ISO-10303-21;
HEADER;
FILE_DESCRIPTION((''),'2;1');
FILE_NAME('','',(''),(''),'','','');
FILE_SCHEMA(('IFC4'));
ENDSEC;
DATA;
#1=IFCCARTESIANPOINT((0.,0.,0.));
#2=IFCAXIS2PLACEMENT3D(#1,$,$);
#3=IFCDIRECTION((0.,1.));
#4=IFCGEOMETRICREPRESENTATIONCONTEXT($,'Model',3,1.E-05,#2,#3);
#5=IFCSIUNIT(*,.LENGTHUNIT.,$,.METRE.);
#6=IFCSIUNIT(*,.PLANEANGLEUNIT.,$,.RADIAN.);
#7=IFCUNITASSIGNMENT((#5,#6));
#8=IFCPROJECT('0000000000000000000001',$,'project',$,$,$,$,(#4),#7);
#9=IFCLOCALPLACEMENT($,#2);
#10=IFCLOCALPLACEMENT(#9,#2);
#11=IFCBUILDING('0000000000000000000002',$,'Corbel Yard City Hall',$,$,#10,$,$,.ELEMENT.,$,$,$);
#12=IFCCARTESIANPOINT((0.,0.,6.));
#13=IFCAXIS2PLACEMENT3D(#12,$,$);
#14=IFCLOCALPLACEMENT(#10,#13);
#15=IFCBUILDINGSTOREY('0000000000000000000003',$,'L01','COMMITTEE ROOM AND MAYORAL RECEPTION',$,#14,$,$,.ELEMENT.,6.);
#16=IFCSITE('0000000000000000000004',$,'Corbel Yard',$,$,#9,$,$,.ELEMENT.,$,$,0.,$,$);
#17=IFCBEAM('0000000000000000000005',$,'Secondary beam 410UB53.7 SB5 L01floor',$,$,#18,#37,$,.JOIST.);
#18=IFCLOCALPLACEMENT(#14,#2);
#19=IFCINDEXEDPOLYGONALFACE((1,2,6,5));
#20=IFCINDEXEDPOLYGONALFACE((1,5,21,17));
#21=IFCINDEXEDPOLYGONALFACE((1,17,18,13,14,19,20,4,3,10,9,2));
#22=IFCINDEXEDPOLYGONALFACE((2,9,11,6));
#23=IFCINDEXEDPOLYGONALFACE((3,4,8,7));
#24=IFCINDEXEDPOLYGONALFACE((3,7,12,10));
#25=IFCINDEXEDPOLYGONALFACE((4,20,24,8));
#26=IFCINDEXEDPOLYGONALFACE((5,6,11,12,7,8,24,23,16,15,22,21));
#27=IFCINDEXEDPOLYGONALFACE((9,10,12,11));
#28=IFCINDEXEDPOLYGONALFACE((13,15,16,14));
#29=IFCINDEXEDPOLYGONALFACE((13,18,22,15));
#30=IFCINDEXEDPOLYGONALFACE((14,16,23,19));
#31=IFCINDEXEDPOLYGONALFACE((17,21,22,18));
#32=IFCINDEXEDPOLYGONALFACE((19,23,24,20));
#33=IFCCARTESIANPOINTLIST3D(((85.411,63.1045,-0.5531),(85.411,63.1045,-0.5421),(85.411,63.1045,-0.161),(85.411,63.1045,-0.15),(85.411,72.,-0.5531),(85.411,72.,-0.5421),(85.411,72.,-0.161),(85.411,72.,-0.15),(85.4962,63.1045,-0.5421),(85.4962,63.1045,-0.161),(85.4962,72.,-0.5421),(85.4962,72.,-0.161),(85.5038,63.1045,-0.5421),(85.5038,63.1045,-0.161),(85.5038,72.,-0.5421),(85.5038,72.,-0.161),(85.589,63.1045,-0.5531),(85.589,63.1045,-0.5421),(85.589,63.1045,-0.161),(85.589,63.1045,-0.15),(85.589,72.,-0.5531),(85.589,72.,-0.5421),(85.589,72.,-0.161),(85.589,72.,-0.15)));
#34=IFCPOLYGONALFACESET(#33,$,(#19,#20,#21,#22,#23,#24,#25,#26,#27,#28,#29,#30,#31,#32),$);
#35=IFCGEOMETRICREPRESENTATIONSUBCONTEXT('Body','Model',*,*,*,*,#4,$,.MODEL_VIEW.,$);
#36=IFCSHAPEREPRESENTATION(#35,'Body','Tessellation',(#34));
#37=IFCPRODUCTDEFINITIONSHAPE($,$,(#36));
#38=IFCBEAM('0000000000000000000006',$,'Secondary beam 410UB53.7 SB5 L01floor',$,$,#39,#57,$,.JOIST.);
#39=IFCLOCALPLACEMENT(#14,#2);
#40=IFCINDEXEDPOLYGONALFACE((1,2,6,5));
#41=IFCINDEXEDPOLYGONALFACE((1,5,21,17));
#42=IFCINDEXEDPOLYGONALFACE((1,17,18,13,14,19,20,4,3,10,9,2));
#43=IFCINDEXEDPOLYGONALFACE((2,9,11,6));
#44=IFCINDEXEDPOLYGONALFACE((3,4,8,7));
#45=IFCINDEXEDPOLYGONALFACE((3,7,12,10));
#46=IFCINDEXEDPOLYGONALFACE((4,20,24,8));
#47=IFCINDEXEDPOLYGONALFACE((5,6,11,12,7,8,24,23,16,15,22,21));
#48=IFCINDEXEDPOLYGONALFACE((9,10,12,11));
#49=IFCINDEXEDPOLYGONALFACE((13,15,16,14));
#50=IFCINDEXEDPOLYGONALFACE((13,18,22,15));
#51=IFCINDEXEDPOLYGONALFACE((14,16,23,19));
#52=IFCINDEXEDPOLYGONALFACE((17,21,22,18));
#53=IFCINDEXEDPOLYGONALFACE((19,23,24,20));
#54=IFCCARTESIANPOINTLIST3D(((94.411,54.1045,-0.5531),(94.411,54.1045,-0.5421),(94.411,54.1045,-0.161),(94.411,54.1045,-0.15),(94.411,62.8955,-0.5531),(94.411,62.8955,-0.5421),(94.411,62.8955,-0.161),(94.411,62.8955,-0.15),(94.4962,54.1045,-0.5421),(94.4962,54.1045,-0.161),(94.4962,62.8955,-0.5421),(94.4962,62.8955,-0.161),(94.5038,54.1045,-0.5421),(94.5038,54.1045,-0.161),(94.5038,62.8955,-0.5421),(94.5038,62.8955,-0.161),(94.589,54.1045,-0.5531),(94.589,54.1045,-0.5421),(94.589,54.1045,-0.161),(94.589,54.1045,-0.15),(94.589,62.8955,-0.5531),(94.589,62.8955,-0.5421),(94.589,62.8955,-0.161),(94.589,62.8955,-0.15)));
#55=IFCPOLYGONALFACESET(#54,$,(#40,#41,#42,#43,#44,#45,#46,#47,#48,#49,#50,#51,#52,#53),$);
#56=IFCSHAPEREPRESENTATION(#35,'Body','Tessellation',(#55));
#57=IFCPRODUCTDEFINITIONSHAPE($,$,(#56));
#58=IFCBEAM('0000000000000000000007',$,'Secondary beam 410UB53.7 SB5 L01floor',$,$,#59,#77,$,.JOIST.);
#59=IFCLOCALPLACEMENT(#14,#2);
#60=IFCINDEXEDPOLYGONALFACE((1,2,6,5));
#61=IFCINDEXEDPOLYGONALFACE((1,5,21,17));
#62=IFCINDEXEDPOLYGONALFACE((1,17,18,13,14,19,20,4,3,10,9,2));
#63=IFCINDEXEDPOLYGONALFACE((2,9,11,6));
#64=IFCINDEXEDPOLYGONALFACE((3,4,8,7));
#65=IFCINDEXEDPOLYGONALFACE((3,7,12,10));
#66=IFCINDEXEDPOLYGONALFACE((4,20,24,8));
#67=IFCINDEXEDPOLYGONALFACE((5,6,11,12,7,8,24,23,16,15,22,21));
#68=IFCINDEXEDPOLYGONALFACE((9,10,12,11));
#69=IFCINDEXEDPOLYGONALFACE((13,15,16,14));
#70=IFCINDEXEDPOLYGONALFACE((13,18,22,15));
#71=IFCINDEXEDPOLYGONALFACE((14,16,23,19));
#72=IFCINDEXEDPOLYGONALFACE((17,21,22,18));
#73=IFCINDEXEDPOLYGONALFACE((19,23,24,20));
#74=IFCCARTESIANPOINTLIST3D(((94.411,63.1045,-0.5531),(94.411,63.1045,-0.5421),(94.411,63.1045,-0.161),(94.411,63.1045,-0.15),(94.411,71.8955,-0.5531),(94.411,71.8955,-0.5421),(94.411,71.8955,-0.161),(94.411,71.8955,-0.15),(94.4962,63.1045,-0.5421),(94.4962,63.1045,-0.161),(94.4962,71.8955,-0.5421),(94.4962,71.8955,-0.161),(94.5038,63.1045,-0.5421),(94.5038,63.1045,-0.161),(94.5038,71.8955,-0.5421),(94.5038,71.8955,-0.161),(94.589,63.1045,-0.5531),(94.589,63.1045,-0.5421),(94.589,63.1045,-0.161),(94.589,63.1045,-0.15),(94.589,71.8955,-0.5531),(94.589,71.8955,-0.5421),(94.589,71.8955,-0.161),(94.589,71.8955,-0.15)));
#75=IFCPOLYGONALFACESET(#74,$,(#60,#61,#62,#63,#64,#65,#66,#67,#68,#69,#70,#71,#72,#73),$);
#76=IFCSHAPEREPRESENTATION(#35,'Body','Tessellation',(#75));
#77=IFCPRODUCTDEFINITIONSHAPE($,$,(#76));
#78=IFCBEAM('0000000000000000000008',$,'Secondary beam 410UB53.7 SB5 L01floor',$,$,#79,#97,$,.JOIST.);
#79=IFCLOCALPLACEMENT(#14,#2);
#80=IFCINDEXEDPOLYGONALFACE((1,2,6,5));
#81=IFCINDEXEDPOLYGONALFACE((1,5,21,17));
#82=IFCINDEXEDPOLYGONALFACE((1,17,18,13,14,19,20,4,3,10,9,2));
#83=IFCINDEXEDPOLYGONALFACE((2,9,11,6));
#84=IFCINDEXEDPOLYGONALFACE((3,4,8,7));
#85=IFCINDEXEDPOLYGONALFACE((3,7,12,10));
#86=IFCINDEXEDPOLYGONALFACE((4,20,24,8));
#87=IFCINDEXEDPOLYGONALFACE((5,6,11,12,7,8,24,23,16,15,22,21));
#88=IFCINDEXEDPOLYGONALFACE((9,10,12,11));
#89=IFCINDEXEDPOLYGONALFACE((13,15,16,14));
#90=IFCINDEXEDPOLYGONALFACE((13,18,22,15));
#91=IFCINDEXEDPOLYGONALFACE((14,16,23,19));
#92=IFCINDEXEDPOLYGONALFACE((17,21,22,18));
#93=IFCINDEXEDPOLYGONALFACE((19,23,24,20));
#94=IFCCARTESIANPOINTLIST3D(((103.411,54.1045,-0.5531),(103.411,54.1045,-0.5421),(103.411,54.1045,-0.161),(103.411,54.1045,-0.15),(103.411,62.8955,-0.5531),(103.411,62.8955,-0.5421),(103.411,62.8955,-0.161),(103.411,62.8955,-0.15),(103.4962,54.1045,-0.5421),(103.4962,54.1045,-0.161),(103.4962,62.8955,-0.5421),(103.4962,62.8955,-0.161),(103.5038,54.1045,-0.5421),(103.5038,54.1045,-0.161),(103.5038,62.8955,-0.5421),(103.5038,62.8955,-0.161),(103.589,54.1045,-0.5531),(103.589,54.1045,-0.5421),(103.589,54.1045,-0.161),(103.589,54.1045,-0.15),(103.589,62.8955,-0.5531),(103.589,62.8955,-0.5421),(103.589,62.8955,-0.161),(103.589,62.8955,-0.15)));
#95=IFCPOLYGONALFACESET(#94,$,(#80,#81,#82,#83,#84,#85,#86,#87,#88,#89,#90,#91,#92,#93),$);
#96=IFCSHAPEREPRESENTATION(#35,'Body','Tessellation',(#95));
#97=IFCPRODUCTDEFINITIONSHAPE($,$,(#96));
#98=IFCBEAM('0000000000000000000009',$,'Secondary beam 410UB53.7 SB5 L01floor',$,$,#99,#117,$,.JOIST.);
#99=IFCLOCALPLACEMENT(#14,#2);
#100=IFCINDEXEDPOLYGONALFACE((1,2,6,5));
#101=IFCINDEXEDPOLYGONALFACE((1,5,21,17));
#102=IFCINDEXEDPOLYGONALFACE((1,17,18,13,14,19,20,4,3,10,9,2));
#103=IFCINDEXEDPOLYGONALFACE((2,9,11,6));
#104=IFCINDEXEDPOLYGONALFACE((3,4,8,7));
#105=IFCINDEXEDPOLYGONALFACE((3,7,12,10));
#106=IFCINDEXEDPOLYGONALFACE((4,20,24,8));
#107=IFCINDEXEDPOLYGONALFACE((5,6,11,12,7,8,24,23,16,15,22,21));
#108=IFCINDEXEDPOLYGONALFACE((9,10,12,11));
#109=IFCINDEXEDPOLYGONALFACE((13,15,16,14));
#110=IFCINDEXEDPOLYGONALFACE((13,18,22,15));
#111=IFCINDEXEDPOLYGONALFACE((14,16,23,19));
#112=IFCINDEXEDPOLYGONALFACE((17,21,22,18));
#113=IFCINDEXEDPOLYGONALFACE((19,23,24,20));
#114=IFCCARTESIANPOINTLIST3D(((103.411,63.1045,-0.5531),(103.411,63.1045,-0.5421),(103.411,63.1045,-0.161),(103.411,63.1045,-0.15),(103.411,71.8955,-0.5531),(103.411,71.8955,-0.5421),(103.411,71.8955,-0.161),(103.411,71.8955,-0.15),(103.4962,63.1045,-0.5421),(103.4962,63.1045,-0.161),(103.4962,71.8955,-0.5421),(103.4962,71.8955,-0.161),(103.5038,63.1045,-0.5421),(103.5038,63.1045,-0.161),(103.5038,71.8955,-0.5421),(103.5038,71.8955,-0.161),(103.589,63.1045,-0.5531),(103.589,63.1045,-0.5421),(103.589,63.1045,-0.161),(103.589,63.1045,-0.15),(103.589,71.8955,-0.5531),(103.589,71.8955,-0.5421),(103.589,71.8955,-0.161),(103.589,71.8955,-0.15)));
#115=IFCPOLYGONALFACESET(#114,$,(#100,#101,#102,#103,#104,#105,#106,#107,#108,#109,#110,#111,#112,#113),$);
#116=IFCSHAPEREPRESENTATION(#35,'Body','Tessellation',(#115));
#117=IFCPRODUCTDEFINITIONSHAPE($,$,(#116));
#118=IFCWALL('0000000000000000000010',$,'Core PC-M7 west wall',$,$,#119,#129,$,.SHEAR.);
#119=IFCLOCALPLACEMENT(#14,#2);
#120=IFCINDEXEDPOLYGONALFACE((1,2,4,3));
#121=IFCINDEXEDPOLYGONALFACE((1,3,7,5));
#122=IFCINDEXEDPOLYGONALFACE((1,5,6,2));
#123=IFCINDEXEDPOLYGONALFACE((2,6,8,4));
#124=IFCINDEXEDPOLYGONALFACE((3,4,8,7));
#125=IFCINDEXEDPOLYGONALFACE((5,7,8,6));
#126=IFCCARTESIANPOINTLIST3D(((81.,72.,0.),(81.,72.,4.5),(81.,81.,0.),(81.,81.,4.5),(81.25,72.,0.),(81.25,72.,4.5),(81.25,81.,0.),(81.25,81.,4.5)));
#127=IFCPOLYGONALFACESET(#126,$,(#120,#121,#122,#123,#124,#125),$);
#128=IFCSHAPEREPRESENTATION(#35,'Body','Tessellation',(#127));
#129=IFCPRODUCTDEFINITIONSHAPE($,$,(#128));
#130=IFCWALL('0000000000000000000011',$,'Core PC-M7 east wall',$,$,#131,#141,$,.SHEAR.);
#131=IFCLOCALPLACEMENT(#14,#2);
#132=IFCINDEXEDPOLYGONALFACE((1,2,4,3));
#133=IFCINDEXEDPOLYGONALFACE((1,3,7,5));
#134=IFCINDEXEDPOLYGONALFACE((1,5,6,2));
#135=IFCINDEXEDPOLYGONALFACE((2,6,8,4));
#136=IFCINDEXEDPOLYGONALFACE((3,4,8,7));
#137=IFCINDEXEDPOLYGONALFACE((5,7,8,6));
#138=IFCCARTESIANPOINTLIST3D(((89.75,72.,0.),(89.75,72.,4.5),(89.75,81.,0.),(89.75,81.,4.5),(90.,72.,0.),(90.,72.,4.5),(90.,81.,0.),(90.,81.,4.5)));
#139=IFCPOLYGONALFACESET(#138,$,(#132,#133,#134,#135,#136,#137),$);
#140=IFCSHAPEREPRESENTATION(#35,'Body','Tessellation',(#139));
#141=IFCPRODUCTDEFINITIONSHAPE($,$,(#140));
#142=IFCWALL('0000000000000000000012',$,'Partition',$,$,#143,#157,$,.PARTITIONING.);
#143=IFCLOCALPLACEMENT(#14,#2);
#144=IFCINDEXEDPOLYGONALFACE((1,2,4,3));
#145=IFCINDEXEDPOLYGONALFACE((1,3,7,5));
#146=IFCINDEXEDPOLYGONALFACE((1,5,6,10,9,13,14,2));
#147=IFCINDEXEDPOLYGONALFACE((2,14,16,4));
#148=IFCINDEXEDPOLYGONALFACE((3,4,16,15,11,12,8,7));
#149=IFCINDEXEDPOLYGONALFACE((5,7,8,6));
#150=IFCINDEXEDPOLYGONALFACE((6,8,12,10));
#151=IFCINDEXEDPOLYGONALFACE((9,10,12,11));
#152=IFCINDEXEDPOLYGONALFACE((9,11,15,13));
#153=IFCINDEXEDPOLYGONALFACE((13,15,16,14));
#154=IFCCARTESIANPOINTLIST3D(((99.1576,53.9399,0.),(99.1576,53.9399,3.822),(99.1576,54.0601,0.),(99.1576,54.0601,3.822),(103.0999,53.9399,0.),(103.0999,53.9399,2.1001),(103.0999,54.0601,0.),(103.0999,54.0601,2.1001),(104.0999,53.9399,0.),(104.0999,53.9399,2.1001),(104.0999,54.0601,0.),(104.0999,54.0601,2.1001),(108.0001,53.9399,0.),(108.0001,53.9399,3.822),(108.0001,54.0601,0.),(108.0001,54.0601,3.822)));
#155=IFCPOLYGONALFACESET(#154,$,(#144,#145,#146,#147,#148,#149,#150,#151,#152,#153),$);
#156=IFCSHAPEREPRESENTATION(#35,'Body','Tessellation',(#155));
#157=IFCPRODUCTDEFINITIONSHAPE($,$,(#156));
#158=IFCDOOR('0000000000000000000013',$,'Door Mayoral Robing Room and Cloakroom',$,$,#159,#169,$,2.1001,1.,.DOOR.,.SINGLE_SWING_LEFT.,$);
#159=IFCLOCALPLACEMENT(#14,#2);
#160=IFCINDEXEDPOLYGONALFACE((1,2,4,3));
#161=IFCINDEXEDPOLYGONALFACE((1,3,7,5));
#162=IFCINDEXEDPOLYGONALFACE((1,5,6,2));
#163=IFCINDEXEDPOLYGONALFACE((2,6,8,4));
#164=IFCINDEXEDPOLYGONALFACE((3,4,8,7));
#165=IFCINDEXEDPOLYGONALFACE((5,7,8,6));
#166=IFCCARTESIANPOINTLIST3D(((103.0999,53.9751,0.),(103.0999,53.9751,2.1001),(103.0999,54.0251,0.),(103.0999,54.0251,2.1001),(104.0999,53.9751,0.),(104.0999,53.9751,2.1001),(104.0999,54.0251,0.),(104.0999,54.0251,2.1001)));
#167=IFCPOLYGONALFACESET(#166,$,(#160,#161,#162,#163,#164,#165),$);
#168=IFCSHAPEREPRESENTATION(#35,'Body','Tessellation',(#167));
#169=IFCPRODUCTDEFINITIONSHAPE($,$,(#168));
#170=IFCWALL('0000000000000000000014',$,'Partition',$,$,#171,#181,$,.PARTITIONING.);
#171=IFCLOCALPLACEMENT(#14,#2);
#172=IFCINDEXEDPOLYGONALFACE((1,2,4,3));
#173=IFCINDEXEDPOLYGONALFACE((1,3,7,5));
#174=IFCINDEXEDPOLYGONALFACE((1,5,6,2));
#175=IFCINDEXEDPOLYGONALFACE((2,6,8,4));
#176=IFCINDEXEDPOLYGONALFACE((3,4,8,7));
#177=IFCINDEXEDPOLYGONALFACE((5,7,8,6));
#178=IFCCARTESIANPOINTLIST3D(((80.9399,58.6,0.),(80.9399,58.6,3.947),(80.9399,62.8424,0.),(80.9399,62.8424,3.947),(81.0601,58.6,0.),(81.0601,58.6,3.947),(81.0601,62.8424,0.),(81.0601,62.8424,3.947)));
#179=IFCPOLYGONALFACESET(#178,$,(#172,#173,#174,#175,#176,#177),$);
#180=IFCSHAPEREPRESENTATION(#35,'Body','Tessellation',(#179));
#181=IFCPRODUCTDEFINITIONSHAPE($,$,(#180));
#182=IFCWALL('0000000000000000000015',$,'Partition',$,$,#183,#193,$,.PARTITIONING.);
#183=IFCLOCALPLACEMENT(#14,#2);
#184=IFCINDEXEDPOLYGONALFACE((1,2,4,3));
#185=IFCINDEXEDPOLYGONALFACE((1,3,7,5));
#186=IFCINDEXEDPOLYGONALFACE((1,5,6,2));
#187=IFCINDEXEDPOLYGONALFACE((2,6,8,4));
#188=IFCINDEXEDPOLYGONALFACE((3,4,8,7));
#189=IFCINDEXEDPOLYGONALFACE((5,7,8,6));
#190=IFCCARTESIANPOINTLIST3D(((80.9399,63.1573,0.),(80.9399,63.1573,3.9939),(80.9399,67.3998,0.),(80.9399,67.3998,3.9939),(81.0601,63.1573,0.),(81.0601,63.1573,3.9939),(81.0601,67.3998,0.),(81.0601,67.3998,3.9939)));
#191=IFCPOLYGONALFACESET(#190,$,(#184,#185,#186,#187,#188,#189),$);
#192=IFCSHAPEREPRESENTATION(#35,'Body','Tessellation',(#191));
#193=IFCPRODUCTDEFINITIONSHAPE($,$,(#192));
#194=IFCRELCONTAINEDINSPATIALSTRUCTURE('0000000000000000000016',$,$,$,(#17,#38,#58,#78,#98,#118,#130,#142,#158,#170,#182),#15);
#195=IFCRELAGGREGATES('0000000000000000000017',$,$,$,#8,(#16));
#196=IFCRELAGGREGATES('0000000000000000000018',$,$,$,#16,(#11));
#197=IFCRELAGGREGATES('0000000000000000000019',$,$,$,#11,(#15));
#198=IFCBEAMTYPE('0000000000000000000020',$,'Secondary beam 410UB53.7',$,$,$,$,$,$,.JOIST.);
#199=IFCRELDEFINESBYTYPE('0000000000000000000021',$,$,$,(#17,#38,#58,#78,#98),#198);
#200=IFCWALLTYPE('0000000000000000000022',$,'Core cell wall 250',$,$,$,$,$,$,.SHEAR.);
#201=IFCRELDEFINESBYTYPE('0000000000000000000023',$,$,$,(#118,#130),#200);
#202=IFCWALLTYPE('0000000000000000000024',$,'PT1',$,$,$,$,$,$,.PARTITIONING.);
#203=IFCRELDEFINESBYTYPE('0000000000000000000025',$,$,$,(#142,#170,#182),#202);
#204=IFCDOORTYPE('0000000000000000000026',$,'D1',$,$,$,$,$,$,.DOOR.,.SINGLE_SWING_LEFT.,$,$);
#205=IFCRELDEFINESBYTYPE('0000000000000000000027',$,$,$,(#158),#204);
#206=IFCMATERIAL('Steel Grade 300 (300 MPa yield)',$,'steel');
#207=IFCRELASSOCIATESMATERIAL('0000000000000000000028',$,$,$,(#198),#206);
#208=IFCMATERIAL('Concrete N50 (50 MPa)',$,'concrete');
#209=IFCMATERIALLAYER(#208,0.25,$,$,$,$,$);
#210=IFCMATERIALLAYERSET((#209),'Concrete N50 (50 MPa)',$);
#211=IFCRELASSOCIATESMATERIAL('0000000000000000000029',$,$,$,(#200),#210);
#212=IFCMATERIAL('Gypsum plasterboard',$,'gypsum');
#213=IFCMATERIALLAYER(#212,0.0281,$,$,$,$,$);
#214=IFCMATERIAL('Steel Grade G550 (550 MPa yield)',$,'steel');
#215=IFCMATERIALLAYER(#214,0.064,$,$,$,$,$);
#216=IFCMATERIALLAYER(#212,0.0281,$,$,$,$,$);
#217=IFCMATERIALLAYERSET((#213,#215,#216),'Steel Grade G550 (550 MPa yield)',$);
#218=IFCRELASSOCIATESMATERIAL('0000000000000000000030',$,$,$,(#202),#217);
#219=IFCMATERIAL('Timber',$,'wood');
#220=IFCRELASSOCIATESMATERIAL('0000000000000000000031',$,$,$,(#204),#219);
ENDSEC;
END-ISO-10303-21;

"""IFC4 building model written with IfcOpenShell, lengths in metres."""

from ifc_helpers import new_model, si_unit, direction, frame, frame_2d, origin, origin_2d, place, context, subcontext, project, spatial, rectangle, i_section, extrude, material, layer, layer_set, material_profile, profile_set, type_object, element, fill, save


model = new_model("IFC4")

# Units and contexts
model_context = context("Model", 3, precision=1e-05, world=origin(), true_north=direction((0.0, 1.0)))
body_context = subcontext(model_context, "Body", "Model", "MODEL_VIEW")
ifc_project = project(units=[si_unit("LENGTHUNIT", "METRE"), si_unit("PLANEANGLEUNIT", "RADIAN")], contexts=[model_context])

# Site, building, storey
site_placement = place(None, origin())
site = spatial("IfcSite", under=ifc_project, at=site_placement, Name="Corbel Yard", CompositionType="ELEMENT", RefElevation=0.0)
building_placement = place(site_placement, origin())
building = spatial("IfcBuilding", under=site, at=building_placement, Name="Corbel Yard City Hall", CompositionType="ELEMENT")
storey_placement = place(building_placement, frame((0.0, 0.0, 6.0)))
storey = spatial("IfcBuildingStorey", under=building, at=storey_placement, Name="L01", Description="COMMITTEE ROOM AND MAYORAL RECEPTION", CompositionType="ELEMENT", Elevation=6.0)

# Shared definitions
ifc_material_1 = material(Name="Steel Grade 300 (300 MPa yield)", Category="steel")

# Beams
ifc_material_profile_1 = material_profile(ifc_material_1, i_section(OverallWidth=0.178, OverallDepth=0.4031, WebThickness=0.0076, FlangeThickness=0.011, at=origin_2d()), Name="410UB53.7")
ifc_profile_set_1 = profile_set([ifc_material_profile_1], Name="Steel Grade 300 (300 MPa yield)")
beam_type_1 = type_object("IfcBeamType", Name="Secondary beam 410UB53.7", PredefinedType="JOIST", material=ifc_profile_set_1)
beam_1_placement = place(storey_placement, frame((85.5, 63.1045, -0.3516), z_axis=(0.0, 1.0, 0.0), x_axis=(-1.0, 0.0, 0.0)))
element("IfcBeam", 1, at=beam_1_placement, inside=storey, type_object=beam_type_1, Name="Secondary beam 410UB53.7 SB5 L01floor", PredefinedType="JOIST", context=body_context, shape_type="SweptSolid", body=[
    extrude(i_section(OverallWidth=0.178, OverallDepth=0.4031, WebThickness=0.0076, FlangeThickness=0.011, at=origin_2d()), origin(), (0.0, 0.0, 1.0), 8.8955),
])
for number, where, z_axis, x_axis, name in (
    (2, (94.5, 54.1045, -0.3516), (0.0, 1.0, 0.0), (-1.0, 0.0, 0.0), "Secondary beam 410UB53.7 SB5 L01floor"),
    (3, (94.5, 63.1045, -0.3516), (0.0, 1.0, 0.0), (-1.0, 0.0, 0.0), "Secondary beam 410UB53.7 SB5 L01floor"),
    (4, (103.5, 54.1045, -0.3516), (0.0, 1.0, 0.0), (-1.0, 0.0, 0.0), "Secondary beam 410UB53.7 SB5 L01floor"),
    (5, (103.5, 63.1045, -0.3516), (0.0, 1.0, 0.0), (-1.0, 0.0, 0.0), "Secondary beam 410UB53.7 SB5 L01floor"),
):
    element("IfcBeam", number, at=place(storey_placement, frame(where, z_axis=z_axis, x_axis=x_axis)), inside=storey, type_object=beam_type_1, Name=name, PredefinedType="JOIST", context=body_context, shape_type="SweptSolid", body=[
        extrude(i_section(OverallWidth=0.178, OverallDepth=0.4031, WebThickness=0.0076, FlangeThickness=0.011, at=origin_2d()), origin(), (0.0, 0.0, 1.0), 8.791),
    ])

# Walls
ifc_material_2 = material(Name="Concrete N50 (50 MPa)", Category="concrete")
ifc_layer_1 = layer(ifc_material_2, 0.25)
ifc_layer_set_1 = layer_set([ifc_layer_1], Name="Concrete N50 (50 MPa)")
wall_type_1 = type_object("IfcWallType", Name="Core cell wall 250", PredefinedType="SHEAR", material=ifc_layer_set_1)
for number, where, z_axis, x_axis, name in (
    (6, (81.125, 72.0, 0.0), (0.0, 0.0, 1.0), (0.0, 1.0, 0.0), "Core PC-M7 west wall"),
    (7, (89.875, 72.0, 0.0), (0.0, 0.0, 1.0), (0.0, 1.0, 0.0), "Core PC-M7 east wall"),
):
    element("IfcWall", number, at=place(storey_placement, frame(where, z_axis=z_axis, x_axis=x_axis)), inside=storey, type_object=wall_type_1, Name=name, PredefinedType="SHEAR", context=body_context, shape_type="SweptSolid", body=[
        extrude(rectangle(XDim=9.0, YDim=0.25, at=frame_2d((4.5, 0.0))), origin(), (0.0, 0.0, 1.0), 4.5),
    ])

# Wall, opening, door
ifc_material_3 = material(Name="Gypsum plasterboard", Category="gypsum")
ifc_layer_2 = layer(ifc_material_3, 0.0281)
ifc_material_4 = material(Name="Steel Grade G550 (550 MPa yield)", Category="steel")
ifc_layer_3 = layer(ifc_material_4, 0.064)
ifc_layer_4 = layer(ifc_material_3, 0.0281)
ifc_layer_set_2 = layer_set([ifc_layer_2, ifc_layer_3, ifc_layer_4], Name="Steel Grade G550 (550 MPa yield)")
wall_type_2 = type_object("IfcWallType", Name="PT1", PredefinedType="PARTITIONING", material=ifc_layer_set_2)
wall_1_placement = place(storey_placement, frame((99.1575, 54.0, 0.0), z_axis=(0.0, 0.0, 1.0), x_axis=(1.0, 0.0, 0.0)))
wall_1 = element("IfcWall", 8, at=wall_1_placement, inside=storey, type_object=wall_type_2, Name="Partition", PredefinedType="PARTITIONING", context=body_context, shape_type="SweptSolid", body=[
    extrude(rectangle(XDim=8.8425, YDim=0.1201, at=frame_2d((4.4214, 0.0))), origin(), (0.0, 0.0, 1.0), 3.822),
])
opening_1_placement = place(wall_1_placement, frame((3.9424, 0.0, 0.0)))
opening_1 = element("IfcOpeningElement", 9, at=opening_1_placement, cuts=wall_1, PredefinedType="OPENING", context=body_context, shape_type="SweptSolid", body=[
    extrude(rectangle(XDim=1.0, YDim=2.1001, at=frame_2d((0.5, 1.05))), frame((0.0, 0.0701, 0.0), z_axis=(0.0, -1.0, 0.0), x_axis=(1.0, 0.0, 0.0)), (0.0, 0.0, 1.0), 0.1401),
])
ifc_material_5 = material(Name="Timber", Category="wood")
door_type_1 = type_object("IfcDoorType", Name="D1", OperationType="SINGLE_SWING_LEFT", PredefinedType="DOOR", material=ifc_material_5)
door_1_placement = place(opening_1_placement, frame((1.0, 0.0, 0.0), z_axis=(0.0, 0.0, 1.0), x_axis=(-1.0, 0.0, 0.0)))
door_1 = element("IfcDoor", 10, at=door_1_placement, inside=storey, type_object=door_type_1, Name="Door Mayoral Robing Room and Cloakroom", OperationType="SINGLE_SWING_LEFT", OverallHeight=2.1001, OverallWidth=1.0, PredefinedType="DOOR", context=body_context, shape_type="SweptSolid", body=[
    extrude(rectangle(XDim=1.0, YDim=2.1001, at=frame_2d((0.5, 1.05))), frame((0.0, 0.0249, 0.0), z_axis=(0.0, -1.0, 0.0), x_axis=(1.0, 0.0, 0.0)), (0.0, 0.0, 1.0), 0.05),
])
fill(opening_1, door_1)

# Walls
wall_2_placement = place(storey_placement, frame((81.0, 58.6001, 0.0), z_axis=(0.0, 0.0, 1.0), x_axis=(0.0, 1.0, 0.0)))
element("IfcWall", 11, at=wall_2_placement, inside=storey, type_object=wall_type_2, Name="Partition", PredefinedType="PARTITIONING", context=body_context, shape_type="SweptSolid", body=[
    extrude(rectangle(XDim=4.2424, YDim=0.1201, at=frame_2d((2.1211, 0.0))), origin(), (0.0, 0.0, 1.0), 3.947),
])
wall_3_placement = place(storey_placement, frame((81.0, 63.1575, 0.0), z_axis=(0.0, 0.0, 1.0), x_axis=(0.0, 1.0, 0.0)))
element("IfcWall", 12, at=wall_3_placement, inside=storey, type_object=wall_type_2, Name="Partition", PredefinedType="PARTITIONING", context=body_context, shape_type="SweptSolid", body=[
    extrude(rectangle(XDim=4.2424, YDim=0.1201, at=frame_2d((2.1211, 0.0))), origin(), (0.0, 0.0, 1.0), 3.9939),
])

save(model, "model.ifc")
